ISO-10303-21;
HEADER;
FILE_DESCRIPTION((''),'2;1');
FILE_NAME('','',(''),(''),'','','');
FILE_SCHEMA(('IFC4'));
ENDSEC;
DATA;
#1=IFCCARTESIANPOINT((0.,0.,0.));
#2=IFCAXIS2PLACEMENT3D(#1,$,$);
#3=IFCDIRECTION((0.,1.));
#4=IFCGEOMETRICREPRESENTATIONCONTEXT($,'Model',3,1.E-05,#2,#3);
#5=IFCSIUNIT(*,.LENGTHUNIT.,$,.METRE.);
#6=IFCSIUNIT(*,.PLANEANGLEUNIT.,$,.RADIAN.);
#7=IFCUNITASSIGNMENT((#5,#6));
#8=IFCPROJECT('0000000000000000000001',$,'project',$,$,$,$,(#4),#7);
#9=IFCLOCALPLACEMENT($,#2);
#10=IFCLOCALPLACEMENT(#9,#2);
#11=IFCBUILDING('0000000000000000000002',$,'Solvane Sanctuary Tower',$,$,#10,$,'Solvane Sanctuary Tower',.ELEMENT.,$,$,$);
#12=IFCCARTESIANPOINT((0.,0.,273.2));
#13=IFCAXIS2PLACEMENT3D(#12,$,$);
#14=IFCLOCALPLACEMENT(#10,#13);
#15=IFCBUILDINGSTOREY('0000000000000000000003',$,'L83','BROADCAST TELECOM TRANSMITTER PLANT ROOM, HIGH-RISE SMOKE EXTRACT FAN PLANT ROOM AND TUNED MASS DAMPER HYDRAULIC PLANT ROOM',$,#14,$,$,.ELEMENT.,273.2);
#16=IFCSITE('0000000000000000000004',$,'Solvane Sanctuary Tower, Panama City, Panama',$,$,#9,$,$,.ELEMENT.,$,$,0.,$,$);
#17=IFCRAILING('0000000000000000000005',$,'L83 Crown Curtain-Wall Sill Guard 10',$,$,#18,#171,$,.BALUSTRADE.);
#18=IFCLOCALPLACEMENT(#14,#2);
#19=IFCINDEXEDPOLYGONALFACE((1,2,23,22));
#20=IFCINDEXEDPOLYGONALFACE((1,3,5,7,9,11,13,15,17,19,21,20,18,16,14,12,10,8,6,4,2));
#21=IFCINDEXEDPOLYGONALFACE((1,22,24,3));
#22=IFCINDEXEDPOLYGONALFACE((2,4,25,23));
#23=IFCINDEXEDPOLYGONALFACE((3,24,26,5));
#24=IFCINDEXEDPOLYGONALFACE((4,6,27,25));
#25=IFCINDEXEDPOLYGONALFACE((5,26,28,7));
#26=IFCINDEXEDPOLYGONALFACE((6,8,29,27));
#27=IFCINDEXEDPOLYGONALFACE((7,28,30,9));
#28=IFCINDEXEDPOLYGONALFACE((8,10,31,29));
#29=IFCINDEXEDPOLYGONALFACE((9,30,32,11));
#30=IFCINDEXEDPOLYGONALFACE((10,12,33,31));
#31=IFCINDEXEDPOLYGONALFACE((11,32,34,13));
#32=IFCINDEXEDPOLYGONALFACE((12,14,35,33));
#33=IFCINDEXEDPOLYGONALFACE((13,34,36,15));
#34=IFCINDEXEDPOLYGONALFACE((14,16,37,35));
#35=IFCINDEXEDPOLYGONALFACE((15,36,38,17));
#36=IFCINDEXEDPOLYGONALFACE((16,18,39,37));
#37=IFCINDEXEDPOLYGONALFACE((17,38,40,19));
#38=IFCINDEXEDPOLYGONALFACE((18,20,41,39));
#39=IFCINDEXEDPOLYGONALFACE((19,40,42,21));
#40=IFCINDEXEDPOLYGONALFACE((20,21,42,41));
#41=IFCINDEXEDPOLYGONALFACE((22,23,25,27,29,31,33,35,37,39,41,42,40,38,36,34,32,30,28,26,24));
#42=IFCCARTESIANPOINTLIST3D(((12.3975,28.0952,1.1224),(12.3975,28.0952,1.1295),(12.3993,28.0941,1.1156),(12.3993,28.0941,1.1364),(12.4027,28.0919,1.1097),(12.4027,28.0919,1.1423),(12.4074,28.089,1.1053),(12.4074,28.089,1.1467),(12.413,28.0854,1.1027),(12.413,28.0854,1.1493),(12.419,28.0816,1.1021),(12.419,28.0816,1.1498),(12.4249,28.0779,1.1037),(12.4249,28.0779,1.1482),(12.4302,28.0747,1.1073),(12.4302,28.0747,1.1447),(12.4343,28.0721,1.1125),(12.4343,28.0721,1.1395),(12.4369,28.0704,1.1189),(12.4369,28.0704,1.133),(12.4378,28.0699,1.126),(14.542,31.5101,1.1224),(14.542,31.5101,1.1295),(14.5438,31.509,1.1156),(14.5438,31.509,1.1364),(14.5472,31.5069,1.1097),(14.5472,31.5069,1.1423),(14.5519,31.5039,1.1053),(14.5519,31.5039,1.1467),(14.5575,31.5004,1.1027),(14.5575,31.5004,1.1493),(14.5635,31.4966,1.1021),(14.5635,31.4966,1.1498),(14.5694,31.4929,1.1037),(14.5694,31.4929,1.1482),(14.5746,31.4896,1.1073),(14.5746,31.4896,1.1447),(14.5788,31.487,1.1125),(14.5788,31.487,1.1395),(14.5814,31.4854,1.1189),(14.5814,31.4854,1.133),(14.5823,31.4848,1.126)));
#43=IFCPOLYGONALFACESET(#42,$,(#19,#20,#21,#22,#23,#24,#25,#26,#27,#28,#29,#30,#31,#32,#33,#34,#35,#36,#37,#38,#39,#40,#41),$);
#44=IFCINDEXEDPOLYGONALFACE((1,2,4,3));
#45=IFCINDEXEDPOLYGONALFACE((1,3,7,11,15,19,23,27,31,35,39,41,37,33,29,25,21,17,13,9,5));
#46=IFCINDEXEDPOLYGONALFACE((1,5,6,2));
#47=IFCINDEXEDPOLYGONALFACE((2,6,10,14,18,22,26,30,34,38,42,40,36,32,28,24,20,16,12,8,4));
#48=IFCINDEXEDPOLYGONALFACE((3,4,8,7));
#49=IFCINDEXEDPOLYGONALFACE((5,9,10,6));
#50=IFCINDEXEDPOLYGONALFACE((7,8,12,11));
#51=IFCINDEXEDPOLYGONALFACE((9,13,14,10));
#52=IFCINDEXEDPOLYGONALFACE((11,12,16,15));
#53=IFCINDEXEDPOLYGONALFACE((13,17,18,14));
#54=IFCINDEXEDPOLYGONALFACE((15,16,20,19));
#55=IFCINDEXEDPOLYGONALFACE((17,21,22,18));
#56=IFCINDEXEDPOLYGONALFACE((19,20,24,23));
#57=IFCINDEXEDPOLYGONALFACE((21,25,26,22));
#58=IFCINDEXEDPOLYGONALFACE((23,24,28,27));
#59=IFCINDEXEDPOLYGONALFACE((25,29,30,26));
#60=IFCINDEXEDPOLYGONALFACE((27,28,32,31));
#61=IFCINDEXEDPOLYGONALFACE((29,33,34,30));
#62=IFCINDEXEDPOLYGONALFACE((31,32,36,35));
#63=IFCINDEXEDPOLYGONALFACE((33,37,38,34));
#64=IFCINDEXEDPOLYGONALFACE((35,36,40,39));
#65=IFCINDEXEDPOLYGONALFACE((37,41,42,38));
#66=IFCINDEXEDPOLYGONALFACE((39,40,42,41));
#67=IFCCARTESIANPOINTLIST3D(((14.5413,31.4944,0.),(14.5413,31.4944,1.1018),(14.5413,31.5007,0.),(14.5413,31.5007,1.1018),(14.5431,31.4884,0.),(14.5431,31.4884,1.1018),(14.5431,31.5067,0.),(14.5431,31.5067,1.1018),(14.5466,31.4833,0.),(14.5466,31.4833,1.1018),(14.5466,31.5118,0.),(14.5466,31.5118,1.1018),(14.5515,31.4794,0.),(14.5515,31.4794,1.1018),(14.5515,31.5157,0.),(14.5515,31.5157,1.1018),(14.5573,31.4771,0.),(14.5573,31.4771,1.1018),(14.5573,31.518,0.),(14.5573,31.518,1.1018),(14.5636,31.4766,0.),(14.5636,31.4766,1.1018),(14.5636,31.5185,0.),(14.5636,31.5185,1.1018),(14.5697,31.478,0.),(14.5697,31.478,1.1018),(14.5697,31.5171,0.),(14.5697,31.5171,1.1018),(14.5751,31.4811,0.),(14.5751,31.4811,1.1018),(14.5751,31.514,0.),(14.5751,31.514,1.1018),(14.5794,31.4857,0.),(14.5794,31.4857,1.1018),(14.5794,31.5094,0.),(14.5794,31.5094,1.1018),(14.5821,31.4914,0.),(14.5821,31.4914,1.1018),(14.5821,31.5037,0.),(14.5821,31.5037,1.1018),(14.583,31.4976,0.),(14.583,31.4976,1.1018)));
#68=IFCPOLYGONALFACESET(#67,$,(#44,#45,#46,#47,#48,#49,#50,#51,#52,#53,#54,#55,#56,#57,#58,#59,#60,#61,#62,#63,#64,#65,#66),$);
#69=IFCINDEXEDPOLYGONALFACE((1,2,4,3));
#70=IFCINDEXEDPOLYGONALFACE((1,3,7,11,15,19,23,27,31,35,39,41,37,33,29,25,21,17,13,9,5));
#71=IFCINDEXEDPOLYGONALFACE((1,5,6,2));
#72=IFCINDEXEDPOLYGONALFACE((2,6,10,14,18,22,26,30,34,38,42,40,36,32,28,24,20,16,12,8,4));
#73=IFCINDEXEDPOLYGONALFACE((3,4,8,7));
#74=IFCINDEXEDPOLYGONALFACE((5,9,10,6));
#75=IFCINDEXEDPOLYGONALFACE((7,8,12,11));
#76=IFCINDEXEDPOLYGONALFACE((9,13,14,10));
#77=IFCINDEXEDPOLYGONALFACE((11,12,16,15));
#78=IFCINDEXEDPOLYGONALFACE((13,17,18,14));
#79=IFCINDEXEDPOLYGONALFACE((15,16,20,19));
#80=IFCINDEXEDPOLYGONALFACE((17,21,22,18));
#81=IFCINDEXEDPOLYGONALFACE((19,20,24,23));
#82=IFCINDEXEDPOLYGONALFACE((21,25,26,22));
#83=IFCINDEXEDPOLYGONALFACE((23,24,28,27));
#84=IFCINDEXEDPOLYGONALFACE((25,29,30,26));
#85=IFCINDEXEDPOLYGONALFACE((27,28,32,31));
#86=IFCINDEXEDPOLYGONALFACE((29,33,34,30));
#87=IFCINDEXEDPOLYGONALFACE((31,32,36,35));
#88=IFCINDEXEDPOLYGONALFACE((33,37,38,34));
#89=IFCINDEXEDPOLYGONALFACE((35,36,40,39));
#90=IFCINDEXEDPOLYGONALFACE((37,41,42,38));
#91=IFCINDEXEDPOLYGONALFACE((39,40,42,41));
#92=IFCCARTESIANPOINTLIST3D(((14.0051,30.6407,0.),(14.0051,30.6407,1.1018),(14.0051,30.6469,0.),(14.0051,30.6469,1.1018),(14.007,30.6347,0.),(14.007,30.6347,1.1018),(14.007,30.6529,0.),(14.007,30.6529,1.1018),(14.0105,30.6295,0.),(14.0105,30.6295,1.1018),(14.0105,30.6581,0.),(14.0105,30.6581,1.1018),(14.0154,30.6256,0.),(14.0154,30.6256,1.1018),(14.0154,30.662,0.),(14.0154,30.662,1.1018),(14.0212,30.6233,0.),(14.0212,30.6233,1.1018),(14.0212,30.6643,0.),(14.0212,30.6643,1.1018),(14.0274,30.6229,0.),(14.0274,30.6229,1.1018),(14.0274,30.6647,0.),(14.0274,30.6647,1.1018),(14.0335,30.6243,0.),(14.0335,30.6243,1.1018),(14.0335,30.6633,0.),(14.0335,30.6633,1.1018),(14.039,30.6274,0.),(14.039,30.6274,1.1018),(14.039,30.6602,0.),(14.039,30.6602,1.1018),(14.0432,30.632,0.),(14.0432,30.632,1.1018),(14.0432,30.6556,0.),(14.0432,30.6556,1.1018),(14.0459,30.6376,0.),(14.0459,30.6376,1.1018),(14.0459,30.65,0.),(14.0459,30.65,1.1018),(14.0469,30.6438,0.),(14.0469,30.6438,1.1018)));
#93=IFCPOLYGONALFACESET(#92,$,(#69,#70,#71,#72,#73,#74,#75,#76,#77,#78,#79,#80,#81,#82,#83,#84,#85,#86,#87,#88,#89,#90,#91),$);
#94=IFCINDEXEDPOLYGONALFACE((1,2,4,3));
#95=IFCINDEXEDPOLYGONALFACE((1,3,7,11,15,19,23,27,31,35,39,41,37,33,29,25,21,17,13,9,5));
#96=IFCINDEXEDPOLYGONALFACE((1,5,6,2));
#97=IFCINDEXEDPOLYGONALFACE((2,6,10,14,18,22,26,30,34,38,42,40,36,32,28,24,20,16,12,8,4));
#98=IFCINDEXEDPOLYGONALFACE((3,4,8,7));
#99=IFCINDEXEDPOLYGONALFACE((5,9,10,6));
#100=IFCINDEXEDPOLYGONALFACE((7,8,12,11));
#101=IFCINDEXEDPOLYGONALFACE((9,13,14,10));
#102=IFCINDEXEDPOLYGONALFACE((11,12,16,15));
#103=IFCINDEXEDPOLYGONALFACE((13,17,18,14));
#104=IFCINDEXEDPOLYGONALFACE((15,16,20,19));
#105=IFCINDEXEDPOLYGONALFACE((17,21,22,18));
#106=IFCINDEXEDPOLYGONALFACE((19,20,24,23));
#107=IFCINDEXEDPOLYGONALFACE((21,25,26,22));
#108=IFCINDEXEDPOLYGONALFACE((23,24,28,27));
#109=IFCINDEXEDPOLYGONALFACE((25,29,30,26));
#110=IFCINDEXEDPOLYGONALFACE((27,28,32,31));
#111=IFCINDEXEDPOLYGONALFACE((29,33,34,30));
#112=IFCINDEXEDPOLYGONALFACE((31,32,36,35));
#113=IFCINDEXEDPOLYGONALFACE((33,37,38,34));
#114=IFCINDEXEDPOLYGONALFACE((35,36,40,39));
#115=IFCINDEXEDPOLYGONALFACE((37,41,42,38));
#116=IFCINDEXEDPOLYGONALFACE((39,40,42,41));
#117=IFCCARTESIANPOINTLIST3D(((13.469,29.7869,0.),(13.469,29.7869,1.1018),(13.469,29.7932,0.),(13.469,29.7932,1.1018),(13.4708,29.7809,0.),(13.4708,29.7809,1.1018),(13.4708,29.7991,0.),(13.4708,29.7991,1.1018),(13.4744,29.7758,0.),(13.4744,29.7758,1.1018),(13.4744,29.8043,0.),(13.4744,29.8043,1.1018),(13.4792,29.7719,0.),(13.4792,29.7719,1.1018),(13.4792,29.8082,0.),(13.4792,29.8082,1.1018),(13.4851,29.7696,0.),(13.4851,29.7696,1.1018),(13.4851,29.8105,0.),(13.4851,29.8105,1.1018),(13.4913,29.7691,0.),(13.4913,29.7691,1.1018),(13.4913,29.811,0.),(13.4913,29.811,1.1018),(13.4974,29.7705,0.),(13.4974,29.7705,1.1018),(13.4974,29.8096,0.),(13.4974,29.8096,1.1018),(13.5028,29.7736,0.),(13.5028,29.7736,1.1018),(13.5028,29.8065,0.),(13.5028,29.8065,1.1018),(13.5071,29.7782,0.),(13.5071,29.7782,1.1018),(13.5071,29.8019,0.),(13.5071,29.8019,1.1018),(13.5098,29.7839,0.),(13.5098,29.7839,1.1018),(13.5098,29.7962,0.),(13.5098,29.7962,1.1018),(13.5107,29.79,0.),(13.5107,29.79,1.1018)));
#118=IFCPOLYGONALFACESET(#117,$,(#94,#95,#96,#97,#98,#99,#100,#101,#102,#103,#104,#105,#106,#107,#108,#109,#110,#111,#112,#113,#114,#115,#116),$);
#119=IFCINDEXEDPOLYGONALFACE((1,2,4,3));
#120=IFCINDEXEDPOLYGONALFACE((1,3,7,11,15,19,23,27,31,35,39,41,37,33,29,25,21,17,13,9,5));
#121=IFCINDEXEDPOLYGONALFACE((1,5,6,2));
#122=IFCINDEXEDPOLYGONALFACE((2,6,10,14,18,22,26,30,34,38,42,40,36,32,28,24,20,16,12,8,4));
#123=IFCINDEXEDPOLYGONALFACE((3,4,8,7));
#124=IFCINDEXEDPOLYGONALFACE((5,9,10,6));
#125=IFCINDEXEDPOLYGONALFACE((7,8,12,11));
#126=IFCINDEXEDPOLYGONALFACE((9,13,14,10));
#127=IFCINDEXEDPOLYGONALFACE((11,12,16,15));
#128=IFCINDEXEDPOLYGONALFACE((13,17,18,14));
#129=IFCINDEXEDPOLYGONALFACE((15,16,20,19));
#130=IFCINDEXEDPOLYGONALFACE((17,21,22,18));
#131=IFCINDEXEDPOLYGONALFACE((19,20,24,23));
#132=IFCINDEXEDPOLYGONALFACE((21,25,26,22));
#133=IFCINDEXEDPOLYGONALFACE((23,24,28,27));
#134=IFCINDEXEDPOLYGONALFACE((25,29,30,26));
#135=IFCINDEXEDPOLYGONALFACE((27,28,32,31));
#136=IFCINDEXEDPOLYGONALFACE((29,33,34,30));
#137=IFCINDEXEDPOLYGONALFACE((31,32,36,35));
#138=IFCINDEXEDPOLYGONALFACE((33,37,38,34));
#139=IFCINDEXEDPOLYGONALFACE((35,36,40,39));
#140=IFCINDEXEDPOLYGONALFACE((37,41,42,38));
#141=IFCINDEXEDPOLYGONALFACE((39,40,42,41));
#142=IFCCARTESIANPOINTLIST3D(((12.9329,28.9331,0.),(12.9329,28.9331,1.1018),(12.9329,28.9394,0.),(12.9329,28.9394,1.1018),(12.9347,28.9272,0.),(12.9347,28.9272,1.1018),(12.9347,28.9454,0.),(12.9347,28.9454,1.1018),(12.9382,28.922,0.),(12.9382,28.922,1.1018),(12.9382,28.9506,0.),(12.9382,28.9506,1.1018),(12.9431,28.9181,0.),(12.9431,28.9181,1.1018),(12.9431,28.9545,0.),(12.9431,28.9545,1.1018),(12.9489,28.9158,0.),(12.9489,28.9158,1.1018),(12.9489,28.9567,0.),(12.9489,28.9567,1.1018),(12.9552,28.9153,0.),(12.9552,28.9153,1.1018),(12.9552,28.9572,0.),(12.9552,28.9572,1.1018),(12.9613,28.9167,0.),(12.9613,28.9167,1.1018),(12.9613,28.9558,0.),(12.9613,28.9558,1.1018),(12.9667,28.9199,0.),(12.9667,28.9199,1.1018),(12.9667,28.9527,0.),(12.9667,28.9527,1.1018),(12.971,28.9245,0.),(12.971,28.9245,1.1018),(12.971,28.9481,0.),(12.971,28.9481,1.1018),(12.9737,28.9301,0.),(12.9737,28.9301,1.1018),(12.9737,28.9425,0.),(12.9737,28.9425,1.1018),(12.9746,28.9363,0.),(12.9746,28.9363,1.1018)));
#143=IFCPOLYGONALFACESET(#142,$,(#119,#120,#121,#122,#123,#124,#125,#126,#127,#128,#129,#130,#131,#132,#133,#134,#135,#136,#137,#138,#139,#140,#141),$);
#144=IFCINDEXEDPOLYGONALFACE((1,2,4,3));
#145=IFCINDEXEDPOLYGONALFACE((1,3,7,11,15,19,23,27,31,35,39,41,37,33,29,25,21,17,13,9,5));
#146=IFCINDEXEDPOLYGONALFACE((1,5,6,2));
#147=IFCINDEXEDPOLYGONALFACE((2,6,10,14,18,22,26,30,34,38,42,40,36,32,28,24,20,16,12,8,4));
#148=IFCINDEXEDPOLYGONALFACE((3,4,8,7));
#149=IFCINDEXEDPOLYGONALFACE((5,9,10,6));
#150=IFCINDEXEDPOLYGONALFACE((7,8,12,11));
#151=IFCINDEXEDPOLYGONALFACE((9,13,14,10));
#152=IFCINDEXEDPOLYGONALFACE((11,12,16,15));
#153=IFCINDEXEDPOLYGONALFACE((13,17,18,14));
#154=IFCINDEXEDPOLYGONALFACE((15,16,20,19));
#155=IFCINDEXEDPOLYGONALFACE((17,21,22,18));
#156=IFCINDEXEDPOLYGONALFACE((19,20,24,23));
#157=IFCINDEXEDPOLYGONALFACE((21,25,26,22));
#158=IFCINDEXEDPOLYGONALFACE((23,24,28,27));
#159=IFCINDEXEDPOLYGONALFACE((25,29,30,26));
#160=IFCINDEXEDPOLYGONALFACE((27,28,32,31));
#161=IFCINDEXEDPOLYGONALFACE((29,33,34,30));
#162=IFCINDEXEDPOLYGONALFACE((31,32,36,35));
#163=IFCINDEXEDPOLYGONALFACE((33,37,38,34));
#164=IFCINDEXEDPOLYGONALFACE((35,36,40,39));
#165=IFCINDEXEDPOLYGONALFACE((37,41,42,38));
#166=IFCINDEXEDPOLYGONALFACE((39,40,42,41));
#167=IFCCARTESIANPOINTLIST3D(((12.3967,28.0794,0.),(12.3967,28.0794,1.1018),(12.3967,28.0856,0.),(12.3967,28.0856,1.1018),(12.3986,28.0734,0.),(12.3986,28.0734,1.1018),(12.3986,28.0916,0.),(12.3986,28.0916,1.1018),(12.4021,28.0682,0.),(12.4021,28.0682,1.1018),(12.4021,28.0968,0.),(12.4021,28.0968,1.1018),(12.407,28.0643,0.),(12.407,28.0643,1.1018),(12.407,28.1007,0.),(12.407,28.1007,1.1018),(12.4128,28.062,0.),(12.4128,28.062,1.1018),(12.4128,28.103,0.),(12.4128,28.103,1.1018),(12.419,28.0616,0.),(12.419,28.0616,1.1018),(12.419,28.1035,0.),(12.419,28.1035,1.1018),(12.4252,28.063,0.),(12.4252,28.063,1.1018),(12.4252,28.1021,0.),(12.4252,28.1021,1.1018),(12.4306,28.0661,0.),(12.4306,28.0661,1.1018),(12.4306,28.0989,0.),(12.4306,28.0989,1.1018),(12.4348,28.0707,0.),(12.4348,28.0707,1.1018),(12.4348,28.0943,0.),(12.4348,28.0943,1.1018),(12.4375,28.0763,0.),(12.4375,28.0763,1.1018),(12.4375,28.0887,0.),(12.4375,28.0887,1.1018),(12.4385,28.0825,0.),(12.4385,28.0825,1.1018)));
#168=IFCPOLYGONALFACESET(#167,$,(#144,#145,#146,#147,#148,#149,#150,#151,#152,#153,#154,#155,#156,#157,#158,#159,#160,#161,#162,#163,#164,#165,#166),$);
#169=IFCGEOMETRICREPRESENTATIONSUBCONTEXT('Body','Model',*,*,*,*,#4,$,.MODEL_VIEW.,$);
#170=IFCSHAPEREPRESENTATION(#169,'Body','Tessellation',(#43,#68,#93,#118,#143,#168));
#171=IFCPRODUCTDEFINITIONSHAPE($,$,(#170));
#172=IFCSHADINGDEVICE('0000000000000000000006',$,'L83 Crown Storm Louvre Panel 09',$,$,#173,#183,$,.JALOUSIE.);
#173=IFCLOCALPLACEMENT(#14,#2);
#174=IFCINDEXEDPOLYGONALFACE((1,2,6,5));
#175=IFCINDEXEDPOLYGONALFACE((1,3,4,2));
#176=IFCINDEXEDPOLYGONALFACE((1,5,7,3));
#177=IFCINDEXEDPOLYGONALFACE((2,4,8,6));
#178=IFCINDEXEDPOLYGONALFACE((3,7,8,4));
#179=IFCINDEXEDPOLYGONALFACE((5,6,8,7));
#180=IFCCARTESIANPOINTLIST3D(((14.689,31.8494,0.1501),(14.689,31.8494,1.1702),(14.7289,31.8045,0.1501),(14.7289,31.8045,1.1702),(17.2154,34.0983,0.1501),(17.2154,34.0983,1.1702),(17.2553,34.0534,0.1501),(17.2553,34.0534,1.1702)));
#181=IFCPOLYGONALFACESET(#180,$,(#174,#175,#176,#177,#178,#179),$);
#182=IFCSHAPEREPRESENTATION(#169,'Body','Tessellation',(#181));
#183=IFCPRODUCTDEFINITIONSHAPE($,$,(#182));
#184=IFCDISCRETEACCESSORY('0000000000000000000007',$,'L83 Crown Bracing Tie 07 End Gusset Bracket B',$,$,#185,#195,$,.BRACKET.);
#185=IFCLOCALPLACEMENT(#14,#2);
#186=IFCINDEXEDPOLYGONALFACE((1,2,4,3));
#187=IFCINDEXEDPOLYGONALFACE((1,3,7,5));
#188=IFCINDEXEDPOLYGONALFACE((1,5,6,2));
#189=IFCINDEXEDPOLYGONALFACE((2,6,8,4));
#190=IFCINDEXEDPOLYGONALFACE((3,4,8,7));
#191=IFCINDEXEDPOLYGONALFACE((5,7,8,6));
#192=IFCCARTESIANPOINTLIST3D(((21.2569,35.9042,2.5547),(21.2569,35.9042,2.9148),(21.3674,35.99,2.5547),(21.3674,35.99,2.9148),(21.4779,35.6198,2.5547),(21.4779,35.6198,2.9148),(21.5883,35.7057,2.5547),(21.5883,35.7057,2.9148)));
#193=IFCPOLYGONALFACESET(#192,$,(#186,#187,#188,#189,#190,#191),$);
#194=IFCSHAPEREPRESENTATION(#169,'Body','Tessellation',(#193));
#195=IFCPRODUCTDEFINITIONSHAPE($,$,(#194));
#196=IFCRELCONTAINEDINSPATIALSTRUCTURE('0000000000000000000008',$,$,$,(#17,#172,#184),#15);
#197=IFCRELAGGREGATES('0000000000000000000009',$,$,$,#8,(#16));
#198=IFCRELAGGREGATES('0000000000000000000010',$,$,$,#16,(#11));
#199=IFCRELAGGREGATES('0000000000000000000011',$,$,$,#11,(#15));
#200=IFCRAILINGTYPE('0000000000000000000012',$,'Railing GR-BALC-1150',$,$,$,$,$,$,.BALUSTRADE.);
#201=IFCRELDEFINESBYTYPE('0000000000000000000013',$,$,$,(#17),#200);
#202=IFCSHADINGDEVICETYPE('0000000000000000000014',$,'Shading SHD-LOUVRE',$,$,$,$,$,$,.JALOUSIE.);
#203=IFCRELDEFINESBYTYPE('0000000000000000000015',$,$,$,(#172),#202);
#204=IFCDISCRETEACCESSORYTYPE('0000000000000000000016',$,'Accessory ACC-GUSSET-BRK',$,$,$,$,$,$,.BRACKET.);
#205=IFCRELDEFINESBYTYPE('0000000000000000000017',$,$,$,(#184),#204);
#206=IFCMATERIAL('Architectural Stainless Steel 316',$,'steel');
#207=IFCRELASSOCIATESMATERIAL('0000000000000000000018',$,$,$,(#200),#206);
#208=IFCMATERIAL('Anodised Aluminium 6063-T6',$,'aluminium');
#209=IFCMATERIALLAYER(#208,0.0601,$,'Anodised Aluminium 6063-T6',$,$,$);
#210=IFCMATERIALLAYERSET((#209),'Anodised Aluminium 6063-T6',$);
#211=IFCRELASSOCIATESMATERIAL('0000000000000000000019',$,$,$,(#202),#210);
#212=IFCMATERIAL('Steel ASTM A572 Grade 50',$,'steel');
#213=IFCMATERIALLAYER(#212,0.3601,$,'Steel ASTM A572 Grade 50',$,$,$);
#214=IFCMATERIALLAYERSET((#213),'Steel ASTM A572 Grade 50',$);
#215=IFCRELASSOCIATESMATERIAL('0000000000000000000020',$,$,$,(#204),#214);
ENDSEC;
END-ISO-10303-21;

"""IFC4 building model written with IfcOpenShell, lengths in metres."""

from ifc_helpers import new_model, si_unit, direction, frame, origin, origin_2d, place, context, subcontext, project, spatial, rectangle, circle, extrude, material, layer, layer_set, type_object, element, save


model = new_model("IFC4")

# Units and contexts
model_context = context("Model", 3, precision=1e-05, world=origin(), true_north=direction((0.0, 1.0)))
body_context = subcontext(model_context, "Body", "Model", "MODEL_VIEW")
ifc_project = project(units=[si_unit("LENGTHUNIT", "METRE"), si_unit("PLANEANGLEUNIT", "RADIAN")], contexts=[model_context])

# Site, building, storey
site_placement = place(None, origin())
site = spatial("IfcSite", under=ifc_project, at=site_placement, Name="Solvane Sanctuary Tower, Panama City, Panama", CompositionType="ELEMENT", RefElevation=0.0)
building_placement = place(site_placement, origin())
building = spatial("IfcBuilding", under=site, at=building_placement, Name="Solvane Sanctuary Tower", LongName="Solvane Sanctuary Tower", CompositionType="ELEMENT")
storey_placement = place(building_placement, frame((0.0, 0.0, 273.2)))
storey = spatial("IfcBuildingStorey", under=building, at=storey_placement, Name="L83", Description="BROADCAST TELECOM TRANSMITTER PLANT ROOM, HIGH-RISE SMOKE EXTRACT FAN PLANT ROOM AND TUNED MASS DAMPER HYDRAULIC PLANT ROOM", CompositionType="ELEMENT", Elevation=273.2)

# Shared definitions
ifc_material_1 = material(Name="Anodised Aluminium 6063-T6", Category="aluminium")

# Railing
ifc_material_2 = material(Name="Architectural Stainless Steel 316", Category="steel")
railing_type = type_object("IfcRailingType", Name="Railing GR-BALC-1150", PredefinedType="BALUSTRADE", material=ifc_material_2)
railing_1_placement = place(storey_placement, frame((14.562, 31.4976, 0.0)))
element("IfcRailing", 1, at=railing_1_placement, inside=storey, type_object=railing_type, Name="L83 Crown Curtain-Wall Sill Guard 10", PredefinedType="BALUSTRADE", context=body_context, shape_type="SweptSolid", body=[
    extrude(circle(Radius=0.0239, at=origin_2d()), frame((0.0, 0.0, 1.126), z_axis=(-0.531804, -0.846867, 0.0), x_axis=(0.846867, -0.531804, 0.0)), (0.0, 0.0, 1.0), 4.0325),
    extrude(circle(Radius=0.021, at=origin_2d()), origin(), (0.0, 0.0, 1.0), 1.1018),
    extrude(circle(Radius=0.021, at=origin_2d()), frame((-0.5361, -0.8538, 0.0)), (0.0, 0.0, 1.0), 1.1018),
    extrude(circle(Radius=0.021, at=origin_2d()), frame((-1.0723, -1.7075, 0.0)), (0.0, 0.0, 1.0), 1.1018),
    extrude(circle(Radius=0.021, at=origin_2d()), frame((-1.6084, -2.5613, 0.0)), (0.0, 0.0, 1.0), 1.1018),
    extrude(circle(Radius=0.021, at=origin_2d()), frame((-2.1445, -3.415, 0.0)), (0.0, 0.0, 1.0), 1.1018),
])

# Shading device
ifc_layer_1 = layer(ifc_material_1, 0.0601, Name="Anodised Aluminium 6063-T6")
ifc_layer_set_1 = layer_set([ifc_layer_1], Name="Anodised Aluminium 6063-T6")
shading_device_type = type_object("IfcShadingDeviceType", Name="Shading SHD-LOUVRE", PredefinedType="JALOUSIE", material=ifc_layer_set_1)
shading_device_placement = place(storey_placement, frame((15.9722, 32.9514, 0.1501), z_axis=(0.0, 0.0, 1.0), x_axis=(-0.746935, -0.664897, 0.0)))
element("IfcShadingDevice", 2, at=shading_device_placement, inside=storey, type_object=shading_device_type, Name="L83 Crown Storm Louvre Panel 09", PredefinedType="JALOUSIE", context=body_context, shape_type="SweptSolid", body=[
    extrude(rectangle(XDim=3.3823, YDim=0.0601, at=origin_2d()), origin(), (0.0, 0.0, 1.0), 1.02),
])

# Discrete accessory
ifc_material_3 = material(Name="Steel ASTM A572 Grade 50", Category="steel")
ifc_layer_2 = layer(ifc_material_3, 0.3601, Name="Steel ASTM A572 Grade 50")
ifc_layer_set_2 = layer_set([ifc_layer_2], Name="Steel ASTM A572 Grade 50")
discrete_accessory_type = type_object("IfcDiscreteAccessoryType", Name="Accessory ACC-GUSSET-BRK", PredefinedType="BRACKET", material=ifc_layer_set_2)
discrete_accessory_placement = place(storey_placement, frame((21.4226, 35.8049, 2.5547), z_axis=(0.0, 0.0, 1.0), x_axis=(-0.613596, 0.78962, 0.0)))
element("IfcDiscreteAccessory", 3, at=discrete_accessory_placement, inside=storey, type_object=discrete_accessory_type, Name="L83 Crown Bracing Tie 07 End Gusset Bracket B", PredefinedType="BRACKET", context=body_context, shape_type="SweptSolid", body=[
    extrude(rectangle(XDim=0.3601, YDim=0.1399, at=origin_2d()), origin(), (0.0, 0.0, 1.0), 0.3601),
])

save(model, "model.ifc")
